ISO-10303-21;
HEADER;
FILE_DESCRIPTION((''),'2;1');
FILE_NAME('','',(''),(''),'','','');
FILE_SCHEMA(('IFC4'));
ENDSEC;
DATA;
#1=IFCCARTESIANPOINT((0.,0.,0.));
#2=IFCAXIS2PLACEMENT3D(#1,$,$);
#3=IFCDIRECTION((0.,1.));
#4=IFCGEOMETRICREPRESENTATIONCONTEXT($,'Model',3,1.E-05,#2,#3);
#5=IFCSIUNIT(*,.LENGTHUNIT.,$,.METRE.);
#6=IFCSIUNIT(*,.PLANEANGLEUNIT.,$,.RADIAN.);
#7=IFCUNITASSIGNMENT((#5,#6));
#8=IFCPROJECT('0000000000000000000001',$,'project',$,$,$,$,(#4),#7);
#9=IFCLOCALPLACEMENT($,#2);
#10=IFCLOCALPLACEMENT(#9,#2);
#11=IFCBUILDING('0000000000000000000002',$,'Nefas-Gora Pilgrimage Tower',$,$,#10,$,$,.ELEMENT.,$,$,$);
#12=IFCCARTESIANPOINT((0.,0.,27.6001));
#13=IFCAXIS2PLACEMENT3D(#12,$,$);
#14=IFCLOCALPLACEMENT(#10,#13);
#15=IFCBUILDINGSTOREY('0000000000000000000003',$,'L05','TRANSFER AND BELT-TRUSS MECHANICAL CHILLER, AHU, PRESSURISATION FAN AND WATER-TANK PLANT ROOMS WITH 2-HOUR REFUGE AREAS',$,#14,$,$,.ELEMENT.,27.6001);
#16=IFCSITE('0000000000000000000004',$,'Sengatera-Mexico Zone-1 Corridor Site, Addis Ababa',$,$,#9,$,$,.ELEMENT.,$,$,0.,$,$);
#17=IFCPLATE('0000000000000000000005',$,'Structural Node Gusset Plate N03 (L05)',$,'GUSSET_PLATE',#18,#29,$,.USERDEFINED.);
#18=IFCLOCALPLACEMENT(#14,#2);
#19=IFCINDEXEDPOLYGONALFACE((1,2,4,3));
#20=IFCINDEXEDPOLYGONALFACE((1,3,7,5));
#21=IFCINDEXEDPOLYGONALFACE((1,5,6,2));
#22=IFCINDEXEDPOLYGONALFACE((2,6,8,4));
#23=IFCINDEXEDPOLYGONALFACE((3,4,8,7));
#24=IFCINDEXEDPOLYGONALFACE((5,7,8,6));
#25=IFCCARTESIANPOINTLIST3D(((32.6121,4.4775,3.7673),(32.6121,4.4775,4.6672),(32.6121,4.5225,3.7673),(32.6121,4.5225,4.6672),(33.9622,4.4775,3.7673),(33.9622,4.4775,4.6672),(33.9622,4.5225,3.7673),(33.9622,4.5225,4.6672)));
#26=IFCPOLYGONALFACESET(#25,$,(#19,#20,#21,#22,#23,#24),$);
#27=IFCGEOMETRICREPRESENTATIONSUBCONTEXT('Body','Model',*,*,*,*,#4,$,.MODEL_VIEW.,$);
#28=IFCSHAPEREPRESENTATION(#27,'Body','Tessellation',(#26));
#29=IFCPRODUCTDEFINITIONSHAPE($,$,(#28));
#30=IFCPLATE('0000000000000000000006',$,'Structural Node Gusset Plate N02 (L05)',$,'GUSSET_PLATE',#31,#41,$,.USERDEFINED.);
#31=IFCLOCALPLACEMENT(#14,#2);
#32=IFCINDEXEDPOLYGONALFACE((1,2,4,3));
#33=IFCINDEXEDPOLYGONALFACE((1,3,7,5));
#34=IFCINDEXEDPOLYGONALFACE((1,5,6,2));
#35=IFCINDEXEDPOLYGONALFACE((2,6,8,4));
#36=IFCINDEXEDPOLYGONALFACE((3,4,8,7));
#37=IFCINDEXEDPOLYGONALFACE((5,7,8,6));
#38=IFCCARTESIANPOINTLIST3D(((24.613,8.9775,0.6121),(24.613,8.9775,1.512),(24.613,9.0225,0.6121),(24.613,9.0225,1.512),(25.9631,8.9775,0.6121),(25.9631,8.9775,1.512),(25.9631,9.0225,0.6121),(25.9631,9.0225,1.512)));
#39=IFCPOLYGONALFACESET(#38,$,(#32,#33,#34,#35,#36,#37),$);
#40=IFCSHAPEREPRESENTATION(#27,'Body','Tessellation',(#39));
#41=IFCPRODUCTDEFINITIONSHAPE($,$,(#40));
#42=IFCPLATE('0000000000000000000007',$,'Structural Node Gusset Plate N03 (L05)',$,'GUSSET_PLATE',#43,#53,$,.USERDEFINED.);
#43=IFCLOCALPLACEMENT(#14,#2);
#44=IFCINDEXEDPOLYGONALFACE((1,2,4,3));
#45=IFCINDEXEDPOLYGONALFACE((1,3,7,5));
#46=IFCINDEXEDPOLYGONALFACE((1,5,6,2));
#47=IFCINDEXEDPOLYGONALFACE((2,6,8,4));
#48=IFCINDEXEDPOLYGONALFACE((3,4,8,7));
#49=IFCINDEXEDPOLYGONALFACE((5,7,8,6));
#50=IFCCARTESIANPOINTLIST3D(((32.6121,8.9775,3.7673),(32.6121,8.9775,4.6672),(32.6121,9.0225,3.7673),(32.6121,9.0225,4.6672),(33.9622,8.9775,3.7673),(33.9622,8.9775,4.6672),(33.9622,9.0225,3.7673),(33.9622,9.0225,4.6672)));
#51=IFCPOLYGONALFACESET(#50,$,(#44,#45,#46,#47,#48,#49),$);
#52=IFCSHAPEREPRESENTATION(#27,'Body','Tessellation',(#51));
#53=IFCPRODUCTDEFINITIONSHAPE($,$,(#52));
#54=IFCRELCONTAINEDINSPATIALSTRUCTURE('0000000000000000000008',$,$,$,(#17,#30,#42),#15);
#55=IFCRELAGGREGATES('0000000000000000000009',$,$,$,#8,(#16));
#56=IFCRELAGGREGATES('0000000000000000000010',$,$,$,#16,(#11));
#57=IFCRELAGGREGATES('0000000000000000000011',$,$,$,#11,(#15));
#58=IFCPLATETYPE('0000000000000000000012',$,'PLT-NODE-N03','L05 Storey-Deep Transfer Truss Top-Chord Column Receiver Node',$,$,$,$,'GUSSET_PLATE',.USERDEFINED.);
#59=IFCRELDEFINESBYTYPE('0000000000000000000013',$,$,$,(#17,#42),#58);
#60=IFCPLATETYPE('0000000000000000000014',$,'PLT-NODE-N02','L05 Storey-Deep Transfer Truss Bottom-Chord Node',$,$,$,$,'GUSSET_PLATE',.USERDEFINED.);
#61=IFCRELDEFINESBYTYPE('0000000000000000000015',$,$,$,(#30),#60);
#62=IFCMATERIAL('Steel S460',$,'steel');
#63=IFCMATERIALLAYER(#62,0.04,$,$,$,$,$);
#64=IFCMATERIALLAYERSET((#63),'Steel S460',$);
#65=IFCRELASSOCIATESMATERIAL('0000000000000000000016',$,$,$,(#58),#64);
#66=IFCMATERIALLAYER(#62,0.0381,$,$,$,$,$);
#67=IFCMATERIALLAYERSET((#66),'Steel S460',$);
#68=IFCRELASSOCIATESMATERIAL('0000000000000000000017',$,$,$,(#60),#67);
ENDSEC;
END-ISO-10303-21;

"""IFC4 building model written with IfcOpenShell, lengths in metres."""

from ifc_helpers import new_model, si_unit, direction, frame, origin, origin_2d, place, context, subcontext, project, spatial, rectangle, extrude, source, transform, mapped, material, layer, layer_set, type_object, element, save


model = new_model("IFC4")

# Units and contexts
model_context = context("Model", 3, precision=1e-05, world=origin(), true_north=direction((0.0, 1.0)))
body_context = subcontext(model_context, "Body", "Model", "MODEL_VIEW")
ifc_project = project(units=[si_unit("LENGTHUNIT", "METRE"), si_unit("PLANEANGLEUNIT", "RADIAN")], contexts=[model_context])

# Site, building, storey
site_placement = place(None, origin())
site = spatial("IfcSite", under=ifc_project, at=site_placement, Name="Sengatera-Mexico Zone-1 Corridor Site, Addis Ababa", CompositionType="ELEMENT", RefElevation=0.0)
building_placement = place(site_placement, origin())
building = spatial("IfcBuilding", under=site, at=building_placement, Name="Nefas-Gora Pilgrimage Tower", CompositionType="ELEMENT")
storey_placement = place(building_placement, frame((0.0, 0.0, 27.6001)))
storey = spatial("IfcBuildingStorey", under=building, at=storey_placement, Name="L05", Description="TRANSFER AND BELT-TRUSS MECHANICAL CHILLER, AHU, PRESSURISATION FAN AND WATER-TANK PLANT ROOMS WITH 2-HOUR REFUGE AREAS", CompositionType="ELEMENT", Elevation=27.6001)

# Shared definitions
ifc_material = material(Name="Steel S460", Category="steel")

# Plates
ifc_layer_1 = layer(ifc_material, 0.04)
ifc_layer_set_1 = layer_set([ifc_layer_1], Name="Steel S460")
plate_type_1 = type_object("IfcPlateType", Name="PLT-NODE-N03", Description="L05 Storey-Deep Transfer Truss Top-Chord Column Receiver Node", ElementType="GUSSET_PLATE", PredefinedType="USERDEFINED", material=ifc_layer_set_1)
shared_shape_1 = source(origin(), body_context, "Body", "SweptSolid", [
    extrude(rectangle(XDim=1.3501, YDim=0.0449, at=origin_2d()), origin(), (0.0, 0.0, 1.0), 0.8999),
])
ifc_layer_2 = layer(ifc_material, 0.0381)
ifc_layer_set_2 = layer_set([ifc_layer_2], Name="Steel S460")
plate_type_2 = type_object("IfcPlateType", Name="PLT-NODE-N02", Description="L05 Storey-Deep Transfer Truss Bottom-Chord Node", ElementType="GUSSET_PLATE", PredefinedType="USERDEFINED", material=ifc_layer_set_2)
plate_1_placement = place(storey_placement, frame((33.2871, 4.5, 3.7673), z_axis=(0.0, 0.0, 1.0), x_axis=(1.0, 0.0, 0.0)))
element("IfcPlate", 1, at=plate_1_placement, inside=storey, type_object=plate_type_1, Name="Structural Node Gusset Plate N03 (L05)", ObjectType="GUSSET_PLATE", PredefinedType="USERDEFINED", context=body_context, shape_type="MappedRepresentation", body=[
    mapped(shared_shape_1, transform((0.0, 0.0, 0.0), x_axis=(1.0, 0.0, 0.0), y_axis=(0.0, 1.0, 0.0), z_axis=(0.0, 0.0, 1.0), scale=1.0)),
])
plate_2_placement = place(storey_placement, frame((25.2881, 9.0, 0.6121), z_axis=(0.0, 0.0, 1.0), x_axis=(1.0, 0.0, 0.0)))
element("IfcPlate", 2, at=plate_2_placement, inside=storey, type_object=plate_type_2, Name="Structural Node Gusset Plate N02 (L05)", ObjectType="GUSSET_PLATE", PredefinedType="USERDEFINED", context=body_context, shape_type="MappedRepresentation", body=[
    mapped(shared_shape_1, transform((0.0, 0.0, 0.0), x_axis=(1.0, 0.0, 0.0), y_axis=(0.0, 1.0, 0.0), z_axis=(0.0, 0.0, 1.0), scale=1.0)),
])
plate_3_placement = place(storey_placement, frame((33.2871, 9.0, 3.7673), z_axis=(0.0, 0.0, 1.0), x_axis=(1.0, 0.0, 0.0)))
element("IfcPlate", 3, at=plate_3_placement, inside=storey, type_object=plate_type_1, Name="Structural Node Gusset Plate N03 (L05)", ObjectType="GUSSET_PLATE", PredefinedType="USERDEFINED", context=body_context, shape_type="MappedRepresentation", body=[
    mapped(shared_shape_1, transform((0.0, 0.0, 0.0), x_axis=(1.0, 0.0, 0.0), y_axis=(0.0, 1.0, 0.0), z_axis=(0.0, 0.0, 1.0), scale=1.0)),
])

save(model, "model.ifc")
